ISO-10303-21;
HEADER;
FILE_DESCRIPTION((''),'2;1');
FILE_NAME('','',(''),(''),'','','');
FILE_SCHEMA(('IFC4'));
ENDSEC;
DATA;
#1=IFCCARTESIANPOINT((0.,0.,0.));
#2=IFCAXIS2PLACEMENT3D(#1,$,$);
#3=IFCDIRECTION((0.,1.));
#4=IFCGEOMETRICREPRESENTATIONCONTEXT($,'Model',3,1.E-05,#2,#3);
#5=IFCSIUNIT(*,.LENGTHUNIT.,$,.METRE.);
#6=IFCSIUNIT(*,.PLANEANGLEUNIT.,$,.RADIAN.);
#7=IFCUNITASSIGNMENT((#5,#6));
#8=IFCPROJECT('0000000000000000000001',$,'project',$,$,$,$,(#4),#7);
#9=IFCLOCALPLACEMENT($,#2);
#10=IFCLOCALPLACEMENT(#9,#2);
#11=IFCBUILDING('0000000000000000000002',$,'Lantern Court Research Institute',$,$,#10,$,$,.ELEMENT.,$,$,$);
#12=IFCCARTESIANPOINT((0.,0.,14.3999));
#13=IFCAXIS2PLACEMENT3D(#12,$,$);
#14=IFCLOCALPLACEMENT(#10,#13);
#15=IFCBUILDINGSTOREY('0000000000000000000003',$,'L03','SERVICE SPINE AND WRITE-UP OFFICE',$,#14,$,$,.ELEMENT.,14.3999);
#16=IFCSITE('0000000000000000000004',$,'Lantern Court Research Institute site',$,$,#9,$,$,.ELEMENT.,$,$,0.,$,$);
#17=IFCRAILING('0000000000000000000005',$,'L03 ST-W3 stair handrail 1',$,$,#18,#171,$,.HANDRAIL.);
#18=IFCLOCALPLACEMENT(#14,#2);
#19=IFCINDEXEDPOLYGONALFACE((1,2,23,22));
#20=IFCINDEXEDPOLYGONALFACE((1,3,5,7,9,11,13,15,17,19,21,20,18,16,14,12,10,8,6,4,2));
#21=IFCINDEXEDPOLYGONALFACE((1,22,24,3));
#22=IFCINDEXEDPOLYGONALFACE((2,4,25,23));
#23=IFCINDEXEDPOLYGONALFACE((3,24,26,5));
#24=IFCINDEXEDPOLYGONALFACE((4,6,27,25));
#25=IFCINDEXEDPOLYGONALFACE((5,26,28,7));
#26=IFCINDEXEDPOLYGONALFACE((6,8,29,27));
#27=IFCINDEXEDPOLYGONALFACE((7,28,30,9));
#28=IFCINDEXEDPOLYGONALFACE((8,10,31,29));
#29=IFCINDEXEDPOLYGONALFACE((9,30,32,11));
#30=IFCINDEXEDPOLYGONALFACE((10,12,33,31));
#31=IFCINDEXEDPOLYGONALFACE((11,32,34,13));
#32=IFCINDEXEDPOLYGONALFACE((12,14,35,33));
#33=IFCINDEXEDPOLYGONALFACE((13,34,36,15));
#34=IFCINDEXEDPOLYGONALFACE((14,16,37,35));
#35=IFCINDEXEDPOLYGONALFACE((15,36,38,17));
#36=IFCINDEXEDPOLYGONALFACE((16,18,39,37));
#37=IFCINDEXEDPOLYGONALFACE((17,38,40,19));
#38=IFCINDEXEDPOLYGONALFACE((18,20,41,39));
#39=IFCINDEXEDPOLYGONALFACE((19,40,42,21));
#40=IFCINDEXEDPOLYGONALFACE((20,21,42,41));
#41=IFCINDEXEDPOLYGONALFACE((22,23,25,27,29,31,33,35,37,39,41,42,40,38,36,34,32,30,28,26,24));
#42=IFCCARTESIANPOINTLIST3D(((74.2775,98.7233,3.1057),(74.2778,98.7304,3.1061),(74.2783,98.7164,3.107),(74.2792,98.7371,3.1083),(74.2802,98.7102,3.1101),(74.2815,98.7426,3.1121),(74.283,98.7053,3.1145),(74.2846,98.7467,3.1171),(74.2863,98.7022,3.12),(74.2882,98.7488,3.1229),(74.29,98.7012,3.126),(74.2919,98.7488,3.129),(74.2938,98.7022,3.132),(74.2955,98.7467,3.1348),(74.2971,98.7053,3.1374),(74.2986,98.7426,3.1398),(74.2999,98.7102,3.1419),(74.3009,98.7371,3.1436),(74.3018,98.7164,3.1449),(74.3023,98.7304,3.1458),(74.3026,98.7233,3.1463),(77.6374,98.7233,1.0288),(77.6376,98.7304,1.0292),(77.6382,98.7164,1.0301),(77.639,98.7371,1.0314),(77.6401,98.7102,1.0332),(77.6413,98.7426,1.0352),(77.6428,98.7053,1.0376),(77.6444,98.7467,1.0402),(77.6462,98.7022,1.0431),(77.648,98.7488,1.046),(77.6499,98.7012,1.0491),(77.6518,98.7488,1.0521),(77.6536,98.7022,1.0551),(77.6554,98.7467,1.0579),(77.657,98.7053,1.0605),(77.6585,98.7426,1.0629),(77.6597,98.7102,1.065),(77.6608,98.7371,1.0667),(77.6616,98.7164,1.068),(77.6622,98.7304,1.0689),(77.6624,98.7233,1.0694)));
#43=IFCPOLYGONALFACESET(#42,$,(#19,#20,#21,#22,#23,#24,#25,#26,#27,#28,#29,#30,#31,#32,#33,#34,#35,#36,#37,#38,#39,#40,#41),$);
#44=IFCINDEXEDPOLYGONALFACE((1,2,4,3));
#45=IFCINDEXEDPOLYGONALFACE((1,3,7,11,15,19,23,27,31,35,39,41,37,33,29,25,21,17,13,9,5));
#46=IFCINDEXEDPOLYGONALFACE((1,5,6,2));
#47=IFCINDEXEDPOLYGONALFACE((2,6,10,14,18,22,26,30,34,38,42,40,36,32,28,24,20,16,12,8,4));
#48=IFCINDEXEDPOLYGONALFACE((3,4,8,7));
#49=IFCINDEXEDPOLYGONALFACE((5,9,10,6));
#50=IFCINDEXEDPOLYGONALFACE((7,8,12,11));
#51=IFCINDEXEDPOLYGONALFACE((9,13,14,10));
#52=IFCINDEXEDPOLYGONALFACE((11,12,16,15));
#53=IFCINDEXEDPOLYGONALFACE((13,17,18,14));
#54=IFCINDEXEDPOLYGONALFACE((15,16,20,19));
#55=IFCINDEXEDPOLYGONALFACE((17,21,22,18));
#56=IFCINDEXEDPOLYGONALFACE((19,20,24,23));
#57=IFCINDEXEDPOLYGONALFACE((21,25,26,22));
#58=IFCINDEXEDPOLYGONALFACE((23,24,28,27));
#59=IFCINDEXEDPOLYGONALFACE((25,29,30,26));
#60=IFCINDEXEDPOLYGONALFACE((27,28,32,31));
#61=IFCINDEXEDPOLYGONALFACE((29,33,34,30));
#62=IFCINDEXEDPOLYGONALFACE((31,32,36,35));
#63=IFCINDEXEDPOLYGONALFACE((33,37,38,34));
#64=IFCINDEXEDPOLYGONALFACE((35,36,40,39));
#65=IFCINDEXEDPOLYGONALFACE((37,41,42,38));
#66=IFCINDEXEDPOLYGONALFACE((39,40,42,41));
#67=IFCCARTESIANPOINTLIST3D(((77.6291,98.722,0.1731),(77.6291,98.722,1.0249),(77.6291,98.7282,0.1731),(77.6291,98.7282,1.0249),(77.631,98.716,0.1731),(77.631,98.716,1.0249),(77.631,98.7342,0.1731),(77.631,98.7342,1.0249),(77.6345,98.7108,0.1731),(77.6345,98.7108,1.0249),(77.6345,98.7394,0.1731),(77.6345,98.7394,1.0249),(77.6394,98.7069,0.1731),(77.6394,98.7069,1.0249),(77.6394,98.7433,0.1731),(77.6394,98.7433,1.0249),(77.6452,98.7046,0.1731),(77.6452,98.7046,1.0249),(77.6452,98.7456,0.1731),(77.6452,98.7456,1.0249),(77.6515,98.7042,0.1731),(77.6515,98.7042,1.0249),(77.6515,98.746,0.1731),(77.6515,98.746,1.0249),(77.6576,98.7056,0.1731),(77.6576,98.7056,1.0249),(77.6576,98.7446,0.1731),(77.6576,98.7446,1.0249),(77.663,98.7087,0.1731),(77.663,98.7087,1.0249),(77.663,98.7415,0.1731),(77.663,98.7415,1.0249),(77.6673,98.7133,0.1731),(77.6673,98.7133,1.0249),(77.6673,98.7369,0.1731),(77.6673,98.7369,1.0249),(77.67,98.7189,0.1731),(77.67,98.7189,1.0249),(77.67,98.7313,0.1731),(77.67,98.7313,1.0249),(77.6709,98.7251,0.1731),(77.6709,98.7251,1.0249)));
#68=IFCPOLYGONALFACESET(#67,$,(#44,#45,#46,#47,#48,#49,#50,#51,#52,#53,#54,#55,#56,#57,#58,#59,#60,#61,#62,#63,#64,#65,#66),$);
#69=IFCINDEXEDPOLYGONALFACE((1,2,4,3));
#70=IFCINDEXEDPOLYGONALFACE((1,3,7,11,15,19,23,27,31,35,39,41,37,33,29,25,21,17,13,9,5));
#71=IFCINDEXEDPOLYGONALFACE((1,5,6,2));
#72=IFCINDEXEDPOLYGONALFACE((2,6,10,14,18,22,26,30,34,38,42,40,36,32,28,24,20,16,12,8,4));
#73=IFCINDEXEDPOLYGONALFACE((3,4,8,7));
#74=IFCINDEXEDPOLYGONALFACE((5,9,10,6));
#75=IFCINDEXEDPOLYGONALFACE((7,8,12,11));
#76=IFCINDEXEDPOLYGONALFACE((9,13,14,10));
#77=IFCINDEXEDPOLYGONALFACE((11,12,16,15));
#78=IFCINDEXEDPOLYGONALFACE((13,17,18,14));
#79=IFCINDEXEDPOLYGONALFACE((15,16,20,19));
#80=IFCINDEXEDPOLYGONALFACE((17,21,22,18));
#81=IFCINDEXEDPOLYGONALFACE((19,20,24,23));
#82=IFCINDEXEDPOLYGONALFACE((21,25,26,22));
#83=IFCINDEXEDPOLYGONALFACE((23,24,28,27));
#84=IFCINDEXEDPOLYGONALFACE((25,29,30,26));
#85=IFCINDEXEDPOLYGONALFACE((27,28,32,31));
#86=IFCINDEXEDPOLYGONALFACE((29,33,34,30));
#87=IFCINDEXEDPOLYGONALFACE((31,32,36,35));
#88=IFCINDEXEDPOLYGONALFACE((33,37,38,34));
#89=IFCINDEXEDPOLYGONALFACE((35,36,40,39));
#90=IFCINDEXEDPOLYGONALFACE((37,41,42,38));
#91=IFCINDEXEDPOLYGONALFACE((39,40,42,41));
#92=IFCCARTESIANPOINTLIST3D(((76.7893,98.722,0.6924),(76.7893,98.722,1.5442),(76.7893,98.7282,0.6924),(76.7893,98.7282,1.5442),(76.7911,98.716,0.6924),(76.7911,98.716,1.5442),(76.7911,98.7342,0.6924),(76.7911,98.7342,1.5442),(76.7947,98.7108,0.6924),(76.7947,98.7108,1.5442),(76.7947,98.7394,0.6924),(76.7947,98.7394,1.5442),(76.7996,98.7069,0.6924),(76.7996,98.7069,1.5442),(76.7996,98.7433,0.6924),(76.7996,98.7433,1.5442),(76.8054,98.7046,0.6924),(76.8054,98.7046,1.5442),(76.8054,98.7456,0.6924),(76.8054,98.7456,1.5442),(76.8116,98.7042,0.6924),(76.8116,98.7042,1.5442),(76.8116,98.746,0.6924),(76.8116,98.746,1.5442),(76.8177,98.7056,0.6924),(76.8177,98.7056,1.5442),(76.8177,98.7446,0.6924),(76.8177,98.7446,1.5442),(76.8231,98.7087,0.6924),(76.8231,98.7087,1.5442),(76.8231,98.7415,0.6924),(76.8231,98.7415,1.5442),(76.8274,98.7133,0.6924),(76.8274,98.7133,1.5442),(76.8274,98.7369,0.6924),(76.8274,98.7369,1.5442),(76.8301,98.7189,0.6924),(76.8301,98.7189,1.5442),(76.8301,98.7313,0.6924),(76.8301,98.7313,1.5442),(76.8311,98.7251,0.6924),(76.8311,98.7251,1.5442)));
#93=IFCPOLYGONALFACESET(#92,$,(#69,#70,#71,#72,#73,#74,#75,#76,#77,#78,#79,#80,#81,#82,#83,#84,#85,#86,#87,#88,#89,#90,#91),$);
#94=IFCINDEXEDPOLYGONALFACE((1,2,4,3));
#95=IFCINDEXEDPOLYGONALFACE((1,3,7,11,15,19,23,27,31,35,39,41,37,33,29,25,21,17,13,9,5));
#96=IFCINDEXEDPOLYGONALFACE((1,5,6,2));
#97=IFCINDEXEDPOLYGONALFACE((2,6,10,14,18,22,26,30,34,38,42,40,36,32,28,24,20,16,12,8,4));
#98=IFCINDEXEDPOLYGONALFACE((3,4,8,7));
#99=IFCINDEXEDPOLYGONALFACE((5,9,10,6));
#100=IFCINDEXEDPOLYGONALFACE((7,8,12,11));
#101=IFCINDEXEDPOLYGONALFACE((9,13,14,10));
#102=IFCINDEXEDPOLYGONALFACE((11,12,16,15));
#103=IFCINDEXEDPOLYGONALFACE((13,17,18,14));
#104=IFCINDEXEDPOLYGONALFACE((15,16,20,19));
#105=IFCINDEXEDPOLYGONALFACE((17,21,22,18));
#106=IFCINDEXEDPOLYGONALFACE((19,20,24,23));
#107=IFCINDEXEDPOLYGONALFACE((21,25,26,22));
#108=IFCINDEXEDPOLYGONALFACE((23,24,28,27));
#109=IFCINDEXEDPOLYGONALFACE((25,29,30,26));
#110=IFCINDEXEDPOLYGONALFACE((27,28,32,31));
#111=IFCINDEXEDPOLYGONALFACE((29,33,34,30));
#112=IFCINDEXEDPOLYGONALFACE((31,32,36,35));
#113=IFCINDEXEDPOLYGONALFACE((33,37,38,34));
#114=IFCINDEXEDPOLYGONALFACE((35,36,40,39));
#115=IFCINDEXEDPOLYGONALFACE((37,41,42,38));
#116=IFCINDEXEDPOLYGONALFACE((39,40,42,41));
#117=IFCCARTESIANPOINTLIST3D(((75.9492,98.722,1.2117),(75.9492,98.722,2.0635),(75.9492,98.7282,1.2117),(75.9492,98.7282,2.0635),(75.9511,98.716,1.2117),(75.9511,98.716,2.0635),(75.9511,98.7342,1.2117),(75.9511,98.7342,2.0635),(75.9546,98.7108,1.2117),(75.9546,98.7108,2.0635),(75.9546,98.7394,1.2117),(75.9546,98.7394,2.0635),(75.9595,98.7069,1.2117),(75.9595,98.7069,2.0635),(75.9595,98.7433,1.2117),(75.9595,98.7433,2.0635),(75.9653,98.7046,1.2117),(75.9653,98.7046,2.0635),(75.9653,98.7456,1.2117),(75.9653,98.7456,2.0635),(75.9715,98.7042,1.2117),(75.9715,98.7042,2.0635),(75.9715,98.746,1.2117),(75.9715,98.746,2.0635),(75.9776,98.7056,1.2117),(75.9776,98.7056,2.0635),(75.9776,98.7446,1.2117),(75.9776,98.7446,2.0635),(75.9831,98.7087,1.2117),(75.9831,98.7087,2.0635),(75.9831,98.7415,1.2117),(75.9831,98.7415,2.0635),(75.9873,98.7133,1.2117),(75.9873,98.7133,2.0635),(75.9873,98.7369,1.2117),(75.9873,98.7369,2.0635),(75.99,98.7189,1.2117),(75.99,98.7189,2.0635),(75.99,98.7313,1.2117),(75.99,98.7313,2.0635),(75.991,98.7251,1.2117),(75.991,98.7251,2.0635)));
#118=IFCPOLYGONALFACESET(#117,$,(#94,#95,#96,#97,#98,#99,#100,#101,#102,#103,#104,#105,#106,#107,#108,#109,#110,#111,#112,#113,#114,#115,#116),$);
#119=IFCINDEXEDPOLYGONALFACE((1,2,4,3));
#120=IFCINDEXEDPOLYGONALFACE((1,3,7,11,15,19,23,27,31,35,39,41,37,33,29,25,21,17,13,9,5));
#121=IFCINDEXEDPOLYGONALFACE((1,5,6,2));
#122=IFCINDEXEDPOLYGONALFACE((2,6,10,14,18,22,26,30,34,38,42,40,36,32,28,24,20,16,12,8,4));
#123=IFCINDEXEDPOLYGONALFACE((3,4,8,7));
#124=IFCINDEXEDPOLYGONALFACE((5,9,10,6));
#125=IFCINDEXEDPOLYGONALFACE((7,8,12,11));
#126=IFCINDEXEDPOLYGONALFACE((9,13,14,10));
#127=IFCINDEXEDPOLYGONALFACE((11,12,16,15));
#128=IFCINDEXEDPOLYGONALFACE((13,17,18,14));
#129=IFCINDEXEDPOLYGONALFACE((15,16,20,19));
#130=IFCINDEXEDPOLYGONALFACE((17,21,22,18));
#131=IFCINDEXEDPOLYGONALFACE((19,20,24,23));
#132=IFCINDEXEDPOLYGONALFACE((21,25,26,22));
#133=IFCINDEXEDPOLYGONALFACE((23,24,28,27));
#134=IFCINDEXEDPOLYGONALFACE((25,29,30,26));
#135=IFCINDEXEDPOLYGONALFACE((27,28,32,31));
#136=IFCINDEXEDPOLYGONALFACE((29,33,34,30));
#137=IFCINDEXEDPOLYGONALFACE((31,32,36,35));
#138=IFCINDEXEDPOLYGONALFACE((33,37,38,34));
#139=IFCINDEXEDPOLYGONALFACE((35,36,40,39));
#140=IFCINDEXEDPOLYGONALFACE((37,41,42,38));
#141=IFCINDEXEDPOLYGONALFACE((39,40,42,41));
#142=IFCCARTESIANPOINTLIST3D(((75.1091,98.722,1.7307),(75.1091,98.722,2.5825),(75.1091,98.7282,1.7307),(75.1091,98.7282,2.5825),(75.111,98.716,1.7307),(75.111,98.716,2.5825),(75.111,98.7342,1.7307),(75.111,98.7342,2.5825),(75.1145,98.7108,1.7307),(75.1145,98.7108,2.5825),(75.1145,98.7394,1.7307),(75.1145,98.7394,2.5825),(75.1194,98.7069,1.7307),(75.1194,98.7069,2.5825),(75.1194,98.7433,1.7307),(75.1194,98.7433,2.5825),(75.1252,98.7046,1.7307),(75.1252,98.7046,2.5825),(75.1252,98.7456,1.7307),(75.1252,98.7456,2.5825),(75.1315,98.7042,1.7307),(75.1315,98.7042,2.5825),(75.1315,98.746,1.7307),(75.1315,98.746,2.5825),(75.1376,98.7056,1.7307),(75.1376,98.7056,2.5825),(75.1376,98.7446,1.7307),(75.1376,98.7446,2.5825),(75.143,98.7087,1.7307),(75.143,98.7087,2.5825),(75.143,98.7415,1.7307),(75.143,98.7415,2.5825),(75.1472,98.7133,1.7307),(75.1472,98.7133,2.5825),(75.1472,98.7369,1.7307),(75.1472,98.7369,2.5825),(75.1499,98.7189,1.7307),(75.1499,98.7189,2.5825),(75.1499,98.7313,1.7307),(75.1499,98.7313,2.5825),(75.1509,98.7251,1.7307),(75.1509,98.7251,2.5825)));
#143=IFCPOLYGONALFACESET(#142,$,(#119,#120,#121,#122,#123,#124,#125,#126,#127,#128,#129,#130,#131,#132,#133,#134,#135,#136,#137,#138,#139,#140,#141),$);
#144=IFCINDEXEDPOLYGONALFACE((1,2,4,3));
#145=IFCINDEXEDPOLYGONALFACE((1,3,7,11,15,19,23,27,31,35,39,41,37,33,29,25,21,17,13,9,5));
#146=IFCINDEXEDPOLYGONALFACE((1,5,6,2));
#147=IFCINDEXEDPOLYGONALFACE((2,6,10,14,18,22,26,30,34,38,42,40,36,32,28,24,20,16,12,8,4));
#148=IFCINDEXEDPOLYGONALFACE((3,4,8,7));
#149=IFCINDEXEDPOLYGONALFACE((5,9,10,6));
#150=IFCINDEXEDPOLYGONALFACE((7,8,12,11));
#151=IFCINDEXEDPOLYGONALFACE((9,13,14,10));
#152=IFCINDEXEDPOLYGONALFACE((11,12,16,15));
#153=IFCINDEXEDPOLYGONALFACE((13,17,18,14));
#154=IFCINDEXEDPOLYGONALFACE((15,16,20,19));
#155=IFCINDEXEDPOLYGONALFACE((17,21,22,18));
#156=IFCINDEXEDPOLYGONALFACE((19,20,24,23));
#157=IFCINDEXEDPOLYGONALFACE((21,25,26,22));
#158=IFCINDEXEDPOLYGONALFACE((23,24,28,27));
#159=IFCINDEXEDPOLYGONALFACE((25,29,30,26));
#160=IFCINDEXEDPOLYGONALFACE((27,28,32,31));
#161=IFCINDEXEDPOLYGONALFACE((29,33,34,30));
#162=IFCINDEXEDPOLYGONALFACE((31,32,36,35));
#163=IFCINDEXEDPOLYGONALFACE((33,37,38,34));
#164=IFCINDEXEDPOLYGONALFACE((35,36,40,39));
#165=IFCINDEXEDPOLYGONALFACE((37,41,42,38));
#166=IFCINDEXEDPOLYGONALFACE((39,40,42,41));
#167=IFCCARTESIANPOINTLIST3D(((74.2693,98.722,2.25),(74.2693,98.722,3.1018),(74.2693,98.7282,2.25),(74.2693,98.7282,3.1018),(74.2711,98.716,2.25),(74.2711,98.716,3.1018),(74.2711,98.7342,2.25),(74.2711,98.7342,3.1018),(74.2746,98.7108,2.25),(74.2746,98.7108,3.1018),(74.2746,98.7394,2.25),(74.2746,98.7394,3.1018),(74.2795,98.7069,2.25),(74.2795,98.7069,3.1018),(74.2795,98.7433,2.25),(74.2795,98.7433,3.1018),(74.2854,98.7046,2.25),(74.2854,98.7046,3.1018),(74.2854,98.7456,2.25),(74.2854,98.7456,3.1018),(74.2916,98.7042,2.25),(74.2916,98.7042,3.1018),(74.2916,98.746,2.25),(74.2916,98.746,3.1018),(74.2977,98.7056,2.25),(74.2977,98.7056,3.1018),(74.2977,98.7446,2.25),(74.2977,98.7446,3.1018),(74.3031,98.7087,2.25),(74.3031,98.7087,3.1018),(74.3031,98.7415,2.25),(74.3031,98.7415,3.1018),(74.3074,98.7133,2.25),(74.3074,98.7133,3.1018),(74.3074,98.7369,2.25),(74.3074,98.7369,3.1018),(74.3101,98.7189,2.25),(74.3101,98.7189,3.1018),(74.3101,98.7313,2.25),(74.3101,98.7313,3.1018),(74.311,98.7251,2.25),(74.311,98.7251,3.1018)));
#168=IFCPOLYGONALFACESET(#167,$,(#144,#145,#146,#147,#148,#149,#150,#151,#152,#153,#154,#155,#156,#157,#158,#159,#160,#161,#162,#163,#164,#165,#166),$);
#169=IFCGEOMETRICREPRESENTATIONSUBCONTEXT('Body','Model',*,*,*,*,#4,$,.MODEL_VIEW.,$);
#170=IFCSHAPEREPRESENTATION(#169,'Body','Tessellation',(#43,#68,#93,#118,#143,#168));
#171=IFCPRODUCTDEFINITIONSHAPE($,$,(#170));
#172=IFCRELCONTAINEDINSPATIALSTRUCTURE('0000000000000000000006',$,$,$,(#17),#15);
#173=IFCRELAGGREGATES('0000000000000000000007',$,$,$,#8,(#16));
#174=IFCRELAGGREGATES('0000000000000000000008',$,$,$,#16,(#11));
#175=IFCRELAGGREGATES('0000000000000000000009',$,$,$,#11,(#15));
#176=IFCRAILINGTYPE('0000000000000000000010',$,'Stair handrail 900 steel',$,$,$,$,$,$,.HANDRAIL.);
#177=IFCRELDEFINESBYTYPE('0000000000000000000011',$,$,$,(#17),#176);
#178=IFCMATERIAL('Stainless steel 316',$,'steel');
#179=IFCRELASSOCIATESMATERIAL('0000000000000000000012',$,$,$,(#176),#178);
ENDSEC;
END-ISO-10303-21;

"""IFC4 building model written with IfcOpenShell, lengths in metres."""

from ifc_helpers import new_model, si_unit, direction, frame, origin, origin_2d, place, context, subcontext, project, spatial, circle, extrude, material, type_object, element, save


model = new_model("IFC4")

# Units and contexts
model_context = context("Model", 3, precision=1e-05, world=origin(), true_north=direction((0.0, 1.0)))
body_context = subcontext(model_context, "Body", "Model", "MODEL_VIEW")
ifc_project = project(units=[si_unit("LENGTHUNIT", "METRE"), si_unit("PLANEANGLEUNIT", "RADIAN")], contexts=[model_context])

# Site, building, storey
site_placement = place(None, origin())
site = spatial("IfcSite", under=ifc_project, at=site_placement, Name="Lantern Court Research Institute site", CompositionType="ELEMENT", RefElevation=0.0)
building_placement = place(site_placement, origin())
building = spatial("IfcBuilding", under=site, at=building_placement, Name="Lantern Court Research Institute", CompositionType="ELEMENT")
storey_placement = place(building_placement, frame((0.0, 0.0, 14.3999)))
storey = spatial("IfcBuildingStorey", under=building, at=storey_placement, Name="L03", Description="SERVICE SPINE AND WRITE-UP OFFICE", CompositionType="ELEMENT", Elevation=14.3999)

# Railing
ifc_material_1 = material(Name="Stainless steel 316", Category="steel")
railing_type_1 = type_object("IfcRailingType", Name="Stair handrail 900 steel", PredefinedType="HANDRAIL", material=ifc_material_1)
railing_1_placement = place(storey_placement, frame((77.6499, 98.7251, 0.1731)))
element("IfcRailing", 1, at=railing_1_placement, inside=storey, type_object=railing_type_1, Name="L03 ST-W3 stair handrail 1", PredefinedType="HANDRAIL", context=body_context, shape_type="SweptSolid", body=[
    extrude(circle(Radius=0.0239, at=origin_2d()), frame((0.0, 0.0, 0.876), z_axis=(-0.850606, 0.0, 0.525803), x_axis=(0.0, -1.0, 0.0)), (0.0, 0.0, 1.0), 3.95),
    extrude(circle(Radius=0.021, at=origin_2d()), origin(), (0.0, 0.0, 1.0), 0.8518),
    extrude(circle(Radius=0.021, at=origin_2d()), frame((-0.8398, 0.0, 0.5193)), (0.0, 0.0, 1.0), 0.8518),
    extrude(circle(Radius=0.021, at=origin_2d()), frame((-1.6799, 0.0, 1.0386)), (0.0, 0.0, 1.0), 0.8518),
    extrude(circle(Radius=0.021, at=origin_2d()), frame((-2.52, 0.0, 1.5576)), (0.0, 0.0, 1.0), 0.8518),
    extrude(circle(Radius=0.021, at=origin_2d()), frame((-3.3599, 0.0, 2.0769)), (0.0, 0.0, 1.0), 0.8518),
])

save(model, "model.ifc")
